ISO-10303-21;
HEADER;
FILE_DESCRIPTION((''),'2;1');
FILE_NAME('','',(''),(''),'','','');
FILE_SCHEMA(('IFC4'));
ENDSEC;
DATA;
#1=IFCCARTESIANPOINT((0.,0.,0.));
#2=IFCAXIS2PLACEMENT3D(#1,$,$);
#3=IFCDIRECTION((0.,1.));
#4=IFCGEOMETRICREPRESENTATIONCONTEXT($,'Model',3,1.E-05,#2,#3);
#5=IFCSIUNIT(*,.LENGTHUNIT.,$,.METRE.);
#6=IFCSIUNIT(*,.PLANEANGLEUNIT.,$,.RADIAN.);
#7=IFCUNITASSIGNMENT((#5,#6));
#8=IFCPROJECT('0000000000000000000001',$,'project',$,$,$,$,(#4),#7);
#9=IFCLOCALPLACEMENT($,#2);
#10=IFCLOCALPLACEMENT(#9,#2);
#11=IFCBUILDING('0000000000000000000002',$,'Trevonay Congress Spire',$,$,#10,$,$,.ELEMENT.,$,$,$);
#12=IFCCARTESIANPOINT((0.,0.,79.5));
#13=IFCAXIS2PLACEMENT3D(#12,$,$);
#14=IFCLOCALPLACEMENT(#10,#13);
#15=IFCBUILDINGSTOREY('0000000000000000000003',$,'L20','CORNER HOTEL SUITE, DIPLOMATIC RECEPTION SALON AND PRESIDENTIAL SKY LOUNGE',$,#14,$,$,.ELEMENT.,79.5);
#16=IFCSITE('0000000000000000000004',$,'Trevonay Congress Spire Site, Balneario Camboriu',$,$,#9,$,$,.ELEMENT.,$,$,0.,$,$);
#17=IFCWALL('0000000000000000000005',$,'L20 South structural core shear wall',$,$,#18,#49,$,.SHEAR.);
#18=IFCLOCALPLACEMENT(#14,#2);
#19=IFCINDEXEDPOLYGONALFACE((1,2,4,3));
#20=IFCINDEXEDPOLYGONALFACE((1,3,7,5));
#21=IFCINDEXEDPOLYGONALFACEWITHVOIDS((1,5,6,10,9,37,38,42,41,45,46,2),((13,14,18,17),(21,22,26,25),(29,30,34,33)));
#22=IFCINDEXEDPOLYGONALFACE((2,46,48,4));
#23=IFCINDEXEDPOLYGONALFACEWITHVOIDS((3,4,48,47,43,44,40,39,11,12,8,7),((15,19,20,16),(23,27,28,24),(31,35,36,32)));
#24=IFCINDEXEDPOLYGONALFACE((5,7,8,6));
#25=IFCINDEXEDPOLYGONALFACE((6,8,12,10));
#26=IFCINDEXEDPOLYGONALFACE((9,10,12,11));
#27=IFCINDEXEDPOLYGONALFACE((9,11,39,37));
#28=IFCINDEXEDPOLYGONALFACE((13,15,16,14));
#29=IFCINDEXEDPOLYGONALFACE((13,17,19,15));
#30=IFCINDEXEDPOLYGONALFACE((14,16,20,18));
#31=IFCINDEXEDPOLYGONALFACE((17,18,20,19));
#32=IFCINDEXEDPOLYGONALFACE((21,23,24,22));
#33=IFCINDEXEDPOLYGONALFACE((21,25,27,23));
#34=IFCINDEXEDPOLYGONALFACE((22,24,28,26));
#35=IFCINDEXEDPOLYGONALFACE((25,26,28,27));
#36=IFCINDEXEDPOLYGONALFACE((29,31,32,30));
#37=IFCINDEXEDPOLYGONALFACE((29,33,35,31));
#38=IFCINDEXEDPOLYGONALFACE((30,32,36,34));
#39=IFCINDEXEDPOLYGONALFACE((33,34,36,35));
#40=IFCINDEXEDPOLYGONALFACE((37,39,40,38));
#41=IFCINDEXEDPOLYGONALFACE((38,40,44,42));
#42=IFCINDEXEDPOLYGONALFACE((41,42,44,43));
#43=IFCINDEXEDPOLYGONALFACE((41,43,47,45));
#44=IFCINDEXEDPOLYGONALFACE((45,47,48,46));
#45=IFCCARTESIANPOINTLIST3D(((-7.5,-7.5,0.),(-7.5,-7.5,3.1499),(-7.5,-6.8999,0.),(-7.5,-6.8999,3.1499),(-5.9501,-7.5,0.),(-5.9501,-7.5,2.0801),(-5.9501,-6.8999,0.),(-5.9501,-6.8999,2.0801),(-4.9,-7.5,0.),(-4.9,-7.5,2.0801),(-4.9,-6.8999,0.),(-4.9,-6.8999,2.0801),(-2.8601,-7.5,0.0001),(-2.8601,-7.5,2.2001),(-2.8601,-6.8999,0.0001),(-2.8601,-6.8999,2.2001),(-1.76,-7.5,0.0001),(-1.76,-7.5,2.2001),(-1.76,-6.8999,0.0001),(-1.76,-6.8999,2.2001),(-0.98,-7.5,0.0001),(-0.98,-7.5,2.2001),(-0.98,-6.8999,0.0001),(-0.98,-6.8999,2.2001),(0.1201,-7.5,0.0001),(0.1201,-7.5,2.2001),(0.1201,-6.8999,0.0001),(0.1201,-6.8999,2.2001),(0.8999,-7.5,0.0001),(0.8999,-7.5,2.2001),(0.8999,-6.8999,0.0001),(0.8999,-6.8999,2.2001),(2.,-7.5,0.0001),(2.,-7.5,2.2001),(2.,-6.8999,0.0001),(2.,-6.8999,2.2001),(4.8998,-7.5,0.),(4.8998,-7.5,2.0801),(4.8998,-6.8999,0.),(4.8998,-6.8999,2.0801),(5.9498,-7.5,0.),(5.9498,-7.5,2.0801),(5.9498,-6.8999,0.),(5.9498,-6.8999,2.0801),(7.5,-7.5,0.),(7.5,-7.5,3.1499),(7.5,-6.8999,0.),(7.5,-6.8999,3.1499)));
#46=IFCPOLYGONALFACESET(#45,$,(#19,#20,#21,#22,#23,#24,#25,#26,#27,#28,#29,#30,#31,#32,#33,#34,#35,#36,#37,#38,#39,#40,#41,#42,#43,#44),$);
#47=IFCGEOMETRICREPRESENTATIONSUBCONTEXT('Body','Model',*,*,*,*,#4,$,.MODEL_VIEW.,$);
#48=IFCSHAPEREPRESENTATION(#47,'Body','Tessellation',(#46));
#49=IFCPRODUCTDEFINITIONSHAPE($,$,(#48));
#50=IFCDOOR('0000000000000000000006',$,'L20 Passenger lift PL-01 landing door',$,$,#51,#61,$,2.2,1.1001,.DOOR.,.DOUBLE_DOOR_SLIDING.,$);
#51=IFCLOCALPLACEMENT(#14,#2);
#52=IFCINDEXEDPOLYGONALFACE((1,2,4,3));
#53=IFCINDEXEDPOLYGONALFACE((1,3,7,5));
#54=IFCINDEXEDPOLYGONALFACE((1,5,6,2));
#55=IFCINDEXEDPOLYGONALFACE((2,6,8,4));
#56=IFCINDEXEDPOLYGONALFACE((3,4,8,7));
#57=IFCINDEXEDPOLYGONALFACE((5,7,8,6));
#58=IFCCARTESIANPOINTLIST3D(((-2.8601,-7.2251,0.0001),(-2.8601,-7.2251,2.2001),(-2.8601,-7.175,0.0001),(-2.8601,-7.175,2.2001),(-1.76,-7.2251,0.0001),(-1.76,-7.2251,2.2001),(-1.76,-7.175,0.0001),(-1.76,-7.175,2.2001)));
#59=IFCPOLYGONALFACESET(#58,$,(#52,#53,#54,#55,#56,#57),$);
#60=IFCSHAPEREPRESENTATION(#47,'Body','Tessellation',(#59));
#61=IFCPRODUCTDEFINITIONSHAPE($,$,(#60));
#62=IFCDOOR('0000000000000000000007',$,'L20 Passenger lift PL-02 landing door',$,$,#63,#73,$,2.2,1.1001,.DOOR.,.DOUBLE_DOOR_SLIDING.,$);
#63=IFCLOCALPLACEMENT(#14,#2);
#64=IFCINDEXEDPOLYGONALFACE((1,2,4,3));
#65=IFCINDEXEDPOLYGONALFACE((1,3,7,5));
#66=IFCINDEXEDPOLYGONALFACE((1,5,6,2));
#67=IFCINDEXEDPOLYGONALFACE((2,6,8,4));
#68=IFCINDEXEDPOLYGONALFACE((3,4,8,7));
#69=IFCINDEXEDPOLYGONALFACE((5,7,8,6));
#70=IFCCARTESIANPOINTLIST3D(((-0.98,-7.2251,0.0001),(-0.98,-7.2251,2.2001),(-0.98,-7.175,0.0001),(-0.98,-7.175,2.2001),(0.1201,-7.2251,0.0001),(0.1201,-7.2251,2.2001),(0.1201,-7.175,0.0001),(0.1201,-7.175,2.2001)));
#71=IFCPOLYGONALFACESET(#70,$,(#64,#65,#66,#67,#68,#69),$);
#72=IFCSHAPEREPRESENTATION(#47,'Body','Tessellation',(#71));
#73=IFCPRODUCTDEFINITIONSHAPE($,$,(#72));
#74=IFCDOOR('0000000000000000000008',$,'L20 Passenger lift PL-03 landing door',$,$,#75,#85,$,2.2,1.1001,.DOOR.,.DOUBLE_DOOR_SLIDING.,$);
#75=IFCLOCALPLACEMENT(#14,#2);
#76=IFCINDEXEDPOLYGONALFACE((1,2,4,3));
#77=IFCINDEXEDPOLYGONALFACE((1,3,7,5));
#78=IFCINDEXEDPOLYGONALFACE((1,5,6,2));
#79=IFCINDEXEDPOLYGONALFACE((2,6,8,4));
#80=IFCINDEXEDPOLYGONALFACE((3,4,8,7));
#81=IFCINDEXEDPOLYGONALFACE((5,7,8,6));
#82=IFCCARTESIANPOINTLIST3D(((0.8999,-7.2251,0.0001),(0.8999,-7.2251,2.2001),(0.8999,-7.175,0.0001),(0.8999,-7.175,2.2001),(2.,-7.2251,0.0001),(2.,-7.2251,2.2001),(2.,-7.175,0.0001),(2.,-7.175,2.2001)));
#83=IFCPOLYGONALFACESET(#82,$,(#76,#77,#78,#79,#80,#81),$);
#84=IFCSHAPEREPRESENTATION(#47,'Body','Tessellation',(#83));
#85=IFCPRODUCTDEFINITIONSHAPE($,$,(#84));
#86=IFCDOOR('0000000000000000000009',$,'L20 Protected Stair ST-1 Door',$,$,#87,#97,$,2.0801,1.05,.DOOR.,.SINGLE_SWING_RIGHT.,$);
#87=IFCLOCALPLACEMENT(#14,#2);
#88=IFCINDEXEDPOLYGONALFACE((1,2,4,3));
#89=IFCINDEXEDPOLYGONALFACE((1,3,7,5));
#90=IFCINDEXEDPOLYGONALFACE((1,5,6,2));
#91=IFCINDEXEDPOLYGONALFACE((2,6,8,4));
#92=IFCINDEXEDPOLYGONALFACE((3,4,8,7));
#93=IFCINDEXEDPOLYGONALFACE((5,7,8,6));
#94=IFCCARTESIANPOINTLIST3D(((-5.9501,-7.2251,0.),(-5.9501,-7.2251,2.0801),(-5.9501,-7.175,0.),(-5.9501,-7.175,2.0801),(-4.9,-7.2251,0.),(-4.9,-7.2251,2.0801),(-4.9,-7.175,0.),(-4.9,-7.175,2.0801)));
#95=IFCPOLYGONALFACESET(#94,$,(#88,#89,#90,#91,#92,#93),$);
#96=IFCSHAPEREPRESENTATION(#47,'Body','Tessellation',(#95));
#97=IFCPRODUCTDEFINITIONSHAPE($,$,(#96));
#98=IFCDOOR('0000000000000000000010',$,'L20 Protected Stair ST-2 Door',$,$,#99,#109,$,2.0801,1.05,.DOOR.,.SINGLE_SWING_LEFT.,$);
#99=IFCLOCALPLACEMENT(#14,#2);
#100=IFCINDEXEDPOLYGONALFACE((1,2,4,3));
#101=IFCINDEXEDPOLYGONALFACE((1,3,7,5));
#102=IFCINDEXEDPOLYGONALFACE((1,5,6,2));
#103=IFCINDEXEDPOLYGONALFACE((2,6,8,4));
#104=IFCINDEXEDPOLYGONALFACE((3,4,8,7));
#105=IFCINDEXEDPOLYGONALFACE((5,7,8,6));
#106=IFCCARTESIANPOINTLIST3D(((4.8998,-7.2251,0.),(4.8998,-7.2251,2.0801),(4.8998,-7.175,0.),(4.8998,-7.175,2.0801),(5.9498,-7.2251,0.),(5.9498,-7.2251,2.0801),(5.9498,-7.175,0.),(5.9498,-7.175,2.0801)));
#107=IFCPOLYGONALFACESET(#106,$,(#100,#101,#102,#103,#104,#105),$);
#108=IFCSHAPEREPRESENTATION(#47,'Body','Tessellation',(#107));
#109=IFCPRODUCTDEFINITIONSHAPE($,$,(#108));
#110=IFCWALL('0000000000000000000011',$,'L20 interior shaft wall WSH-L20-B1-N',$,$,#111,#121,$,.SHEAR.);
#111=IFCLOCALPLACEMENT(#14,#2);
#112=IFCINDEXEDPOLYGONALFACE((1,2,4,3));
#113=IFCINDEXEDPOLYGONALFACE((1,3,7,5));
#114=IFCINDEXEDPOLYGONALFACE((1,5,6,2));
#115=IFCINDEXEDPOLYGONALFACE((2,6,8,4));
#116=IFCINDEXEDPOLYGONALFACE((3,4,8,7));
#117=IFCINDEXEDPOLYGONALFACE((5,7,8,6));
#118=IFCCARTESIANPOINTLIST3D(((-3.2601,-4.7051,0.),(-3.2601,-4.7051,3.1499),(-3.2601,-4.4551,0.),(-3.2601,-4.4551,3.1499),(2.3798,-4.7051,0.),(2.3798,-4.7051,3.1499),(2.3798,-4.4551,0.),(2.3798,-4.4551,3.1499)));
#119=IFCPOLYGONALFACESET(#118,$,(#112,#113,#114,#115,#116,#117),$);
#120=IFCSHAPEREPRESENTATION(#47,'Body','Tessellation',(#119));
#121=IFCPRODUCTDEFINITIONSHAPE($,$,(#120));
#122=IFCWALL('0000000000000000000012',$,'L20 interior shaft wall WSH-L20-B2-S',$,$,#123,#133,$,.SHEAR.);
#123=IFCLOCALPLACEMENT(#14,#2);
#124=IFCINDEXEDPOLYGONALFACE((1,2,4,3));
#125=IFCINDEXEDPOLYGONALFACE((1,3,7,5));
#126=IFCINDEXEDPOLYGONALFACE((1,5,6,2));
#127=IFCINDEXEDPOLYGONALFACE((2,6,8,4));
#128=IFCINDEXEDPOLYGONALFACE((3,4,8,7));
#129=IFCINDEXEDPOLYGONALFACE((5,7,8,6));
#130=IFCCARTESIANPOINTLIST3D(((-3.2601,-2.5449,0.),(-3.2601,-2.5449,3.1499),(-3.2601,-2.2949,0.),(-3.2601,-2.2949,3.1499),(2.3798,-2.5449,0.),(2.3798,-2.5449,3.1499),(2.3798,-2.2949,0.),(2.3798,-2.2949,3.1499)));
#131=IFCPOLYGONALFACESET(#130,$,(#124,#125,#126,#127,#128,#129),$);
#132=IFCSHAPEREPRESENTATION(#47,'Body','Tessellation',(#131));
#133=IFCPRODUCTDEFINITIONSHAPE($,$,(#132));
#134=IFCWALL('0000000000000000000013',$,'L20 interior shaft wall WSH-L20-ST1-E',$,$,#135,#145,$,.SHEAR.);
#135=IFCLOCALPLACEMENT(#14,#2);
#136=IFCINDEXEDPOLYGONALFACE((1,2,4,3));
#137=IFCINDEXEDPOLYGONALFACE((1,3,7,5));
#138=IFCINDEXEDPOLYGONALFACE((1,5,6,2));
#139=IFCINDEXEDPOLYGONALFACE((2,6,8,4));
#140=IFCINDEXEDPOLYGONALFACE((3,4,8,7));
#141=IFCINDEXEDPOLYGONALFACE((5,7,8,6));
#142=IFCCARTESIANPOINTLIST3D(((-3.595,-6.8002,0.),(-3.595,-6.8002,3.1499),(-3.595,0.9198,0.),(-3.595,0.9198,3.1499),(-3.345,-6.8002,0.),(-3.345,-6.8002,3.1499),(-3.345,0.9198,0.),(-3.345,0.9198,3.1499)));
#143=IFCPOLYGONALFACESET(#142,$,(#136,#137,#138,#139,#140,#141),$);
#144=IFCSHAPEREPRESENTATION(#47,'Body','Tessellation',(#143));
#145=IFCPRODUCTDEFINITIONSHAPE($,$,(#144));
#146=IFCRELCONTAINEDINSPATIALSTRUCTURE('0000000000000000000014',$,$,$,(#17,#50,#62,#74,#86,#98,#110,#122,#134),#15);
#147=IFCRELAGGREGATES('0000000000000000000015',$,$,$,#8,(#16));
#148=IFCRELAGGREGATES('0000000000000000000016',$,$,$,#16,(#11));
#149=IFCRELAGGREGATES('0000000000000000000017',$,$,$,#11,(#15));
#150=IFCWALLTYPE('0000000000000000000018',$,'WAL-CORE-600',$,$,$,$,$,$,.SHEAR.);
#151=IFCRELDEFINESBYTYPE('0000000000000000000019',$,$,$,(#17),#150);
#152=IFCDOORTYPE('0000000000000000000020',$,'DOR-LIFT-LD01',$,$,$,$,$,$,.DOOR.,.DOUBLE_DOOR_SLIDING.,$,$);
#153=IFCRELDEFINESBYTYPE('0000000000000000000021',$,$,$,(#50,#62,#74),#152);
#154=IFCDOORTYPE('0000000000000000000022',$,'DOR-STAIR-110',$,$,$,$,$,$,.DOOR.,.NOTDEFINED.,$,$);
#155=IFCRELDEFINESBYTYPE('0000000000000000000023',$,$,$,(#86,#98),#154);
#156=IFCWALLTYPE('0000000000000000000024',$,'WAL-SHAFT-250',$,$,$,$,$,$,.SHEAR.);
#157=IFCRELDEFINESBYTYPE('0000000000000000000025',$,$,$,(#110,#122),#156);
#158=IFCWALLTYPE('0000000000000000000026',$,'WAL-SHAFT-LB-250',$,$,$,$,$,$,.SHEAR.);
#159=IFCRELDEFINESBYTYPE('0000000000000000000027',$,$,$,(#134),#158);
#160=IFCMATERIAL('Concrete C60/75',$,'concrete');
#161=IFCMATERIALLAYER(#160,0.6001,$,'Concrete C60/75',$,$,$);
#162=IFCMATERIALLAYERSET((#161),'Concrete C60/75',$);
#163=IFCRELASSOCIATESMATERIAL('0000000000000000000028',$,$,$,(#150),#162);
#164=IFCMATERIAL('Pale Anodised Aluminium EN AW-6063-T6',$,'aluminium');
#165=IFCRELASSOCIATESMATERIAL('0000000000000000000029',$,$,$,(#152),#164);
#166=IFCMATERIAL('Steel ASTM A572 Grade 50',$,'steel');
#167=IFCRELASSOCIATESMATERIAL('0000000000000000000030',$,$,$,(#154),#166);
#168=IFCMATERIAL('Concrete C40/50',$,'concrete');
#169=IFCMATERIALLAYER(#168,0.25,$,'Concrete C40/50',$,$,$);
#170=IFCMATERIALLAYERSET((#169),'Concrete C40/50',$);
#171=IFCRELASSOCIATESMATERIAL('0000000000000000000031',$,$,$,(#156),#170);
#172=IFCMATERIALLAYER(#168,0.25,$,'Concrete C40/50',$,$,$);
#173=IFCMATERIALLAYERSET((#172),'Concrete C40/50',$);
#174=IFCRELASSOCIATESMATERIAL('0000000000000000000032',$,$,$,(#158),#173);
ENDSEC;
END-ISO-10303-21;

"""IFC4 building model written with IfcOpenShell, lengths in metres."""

from ifc_helpers import new_model, si_unit, direction, frame, frame_2d, origin, place, context, subcontext, project, spatial, rectangle, extrude, material, layer, layer_set, type_object, element, fill, save


model = new_model("IFC4")

# Units and contexts
model_context = context("Model", 3, precision=1e-05, world=origin(), true_north=direction((0.0, 1.0)))
body_context = subcontext(model_context, "Body", "Model", "MODEL_VIEW")
ifc_project = project(units=[si_unit("LENGTHUNIT", "METRE"), si_unit("PLANEANGLEUNIT", "RADIAN")], contexts=[model_context])

# Site, building, storey
site_placement = place(None, origin())
site = spatial("IfcSite", under=ifc_project, at=site_placement, Name="Trevonay Congress Spire Site, Balneario Camboriu", CompositionType="ELEMENT", RefElevation=0.0)
building_placement = place(site_placement, origin())
building = spatial("IfcBuilding", under=site, at=building_placement, Name="Trevonay Congress Spire", CompositionType="ELEMENT")
storey_placement = place(building_placement, frame((0.0, 0.0, 79.5)))
storey = spatial("IfcBuildingStorey", under=building, at=storey_placement, Name="L20", Description="CORNER HOTEL SUITE, DIPLOMATIC RECEPTION SALON AND PRESIDENTIAL SKY LOUNGE", CompositionType="ELEMENT", Elevation=79.5)

# Shared definitions
ifc_material_1 = material(Name="Steel ASTM A572 Grade 50", Category="steel")

# Wall, openings, doors
ifc_material_2 = material(Name="Concrete C60/75", Category="concrete")
ifc_layer_1 = layer(ifc_material_2, 0.6001, Name="Concrete C60/75")
ifc_layer_set_1 = layer_set([ifc_layer_1], Name="Concrete C60/75")
wall_type_1 = type_object("IfcWallType", Name="WAL-CORE-600", PredefinedType="SHEAR", material=ifc_layer_set_1)
wall_1_placement = place(storey_placement, frame((-7.5, -7.2, 0.0), z_axis=(0.0, 0.0, 1.0), x_axis=(1.0, 0.0, 0.0)))
wall_1 = element("IfcWall", 1, at=wall_1_placement, inside=storey, type_object=wall_type_1, Name="L20 South structural core shear wall", PredefinedType="SHEAR", context=body_context, shape_type="SweptSolid", body=[
    extrude(rectangle(XDim=15.0, YDim=0.6001, at=frame_2d((7.5, 0.0))), origin(), (0.0, 0.0, 1.0), 3.1499),
])
opening_1_placement = place(wall_1_placement, frame((1.55, 0.0, 0.0)))
opening_1 = element("IfcOpeningElement", 2, at=opening_1_placement, cuts=wall_1, PredefinedType="OPENING", context=body_context, shape_type="SweptSolid", body=[
    extrude(rectangle(XDim=1.05, YDim=2.0801, at=frame_2d((0.5249, 1.04))), frame((0.0, 0.3101, 0.0), z_axis=(0.0, -1.0, 0.0), x_axis=(1.0, 0.0, 0.0)), (0.0, 0.0, 1.0), 0.6201),
])
opening_2_placement = place(wall_1_placement, frame((12.3999, 0.0, 0.0)))
opening_2 = element("IfcOpeningElement", 3, at=opening_2_placement, cuts=wall_1, PredefinedType="OPENING", context=body_context, shape_type="SweptSolid", body=[
    extrude(rectangle(XDim=1.05, YDim=2.0801, at=frame_2d((0.5249, 1.04))), frame((0.0, 0.3101, 0.0), z_axis=(0.0, -1.0, 0.0), x_axis=(1.0, 0.0, 0.0)), (0.0, 0.0, 1.0), 0.6201),
])
opening_3_placement = place(wall_1_placement, frame((4.6399, 0.0, 0.0)))
opening_3 = element("IfcOpeningElement", 4, at=opening_3_placement, cuts=wall_1, PredefinedType="OPENING", context=body_context, shape_type="SweptSolid", body=[
    extrude(rectangle(XDim=1.1001, YDim=2.2, at=frame_2d((0.55, 1.1001))), frame((0.0, 0.3101, 0.0), z_axis=(0.0, -1.0, 0.0), x_axis=(1.0, 0.0, 0.0)), (0.0, 0.0, 1.0), 0.6201),
])
opening_4_placement = place(wall_1_placement, frame((6.52, 0.0, 0.0)))
opening_4 = element("IfcOpeningElement", 5, at=opening_4_placement, cuts=wall_1, PredefinedType="OPENING", context=body_context, shape_type="SweptSolid", body=[
    extrude(rectangle(XDim=1.1001, YDim=2.2, at=frame_2d((0.55, 1.1001))), frame((0.0, 0.3101, 0.0), z_axis=(0.0, -1.0, 0.0), x_axis=(1.0, 0.0, 0.0)), (0.0, 0.0, 1.0), 0.6201),
])
opening_5_placement = place(wall_1_placement, frame((8.3999, 0.0, 0.0)))
opening_5 = element("IfcOpeningElement", 6, at=opening_5_placement, cuts=wall_1, PredefinedType="OPENING", context=body_context, shape_type="SweptSolid", body=[
    extrude(rectangle(XDim=1.1001, YDim=2.2, at=frame_2d((0.55, 1.1001))), frame((0.0, 0.3101, 0.0), z_axis=(0.0, -1.0, 0.0), x_axis=(1.0, 0.0, 0.0)), (0.0, 0.0, 1.0), 0.6201),
])
ifc_material_3 = material(Name="Pale Anodised Aluminium EN AW-6063-T6", Category="aluminium")
door_type_1 = type_object("IfcDoorType", Name="DOR-LIFT-LD01", OperationType="DOUBLE_DOOR_SLIDING", PredefinedType="DOOR", material=ifc_material_3)
door_1_placement = place(opening_3_placement, origin())
door_1 = element("IfcDoor", 7, at=door_1_placement, inside=storey, type_object=door_type_1, Name="L20 Passenger lift PL-01 landing door", OperationType="DOUBLE_DOOR_SLIDING", OverallHeight=2.2, OverallWidth=1.1001, PredefinedType="DOOR", context=body_context, shape_type="SweptSolid", body=[
    extrude(rectangle(XDim=1.1001, YDim=2.2, at=frame_2d((0.55, 1.1001))), frame((0.0, 0.0249, 0.0), z_axis=(0.0, -1.0, 0.0), x_axis=(1.0, 0.0, 0.0)), (0.0, 0.0, 1.0), 0.05),
])
fill(opening_3, door_1)
door_2_placement = place(opening_4_placement, origin())
door_2 = element("IfcDoor", 8, at=door_2_placement, inside=storey, type_object=door_type_1, Name="L20 Passenger lift PL-02 landing door", OperationType="DOUBLE_DOOR_SLIDING", OverallHeight=2.2, OverallWidth=1.1001, PredefinedType="DOOR", context=body_context, shape_type="SweptSolid", body=[
    extrude(rectangle(XDim=1.1001, YDim=2.2, at=frame_2d((0.55, 1.1001))), frame((0.0, 0.0249, 0.0), z_axis=(0.0, -1.0, 0.0), x_axis=(1.0, 0.0, 0.0)), (0.0, 0.0, 1.0), 0.05),
])
fill(opening_4, door_2)
door_3_placement = place(opening_5_placement, origin())
door_3 = element("IfcDoor", 9, at=door_3_placement, inside=storey, type_object=door_type_1, Name="L20 Passenger lift PL-03 landing door", OperationType="DOUBLE_DOOR_SLIDING", OverallHeight=2.2, OverallWidth=1.1001, PredefinedType="DOOR", context=body_context, shape_type="SweptSolid", body=[
    extrude(rectangle(XDim=1.1001, YDim=2.2, at=frame_2d((0.55, 1.1001))), frame((0.0, 0.0249, 0.0), z_axis=(0.0, -1.0, 0.0), x_axis=(1.0, 0.0, 0.0)), (0.0, 0.0, 1.0), 0.05),
])
fill(opening_5, door_3)
door_type_2 = type_object("IfcDoorType", Name="DOR-STAIR-110", OperationType="NOTDEFINED", PredefinedType="DOOR", material=ifc_material_1)
door_4_placement = place(opening_1_placement, origin())
door_4 = element("IfcDoor", 10, at=door_4_placement, inside=storey, type_object=door_type_2, Name="L20 Protected Stair ST-1 Door", OperationType="SINGLE_SWING_RIGHT", OverallHeight=2.0801, OverallWidth=1.05, PredefinedType="DOOR", context=body_context, shape_type="SweptSolid", body=[
    extrude(rectangle(XDim=1.05, YDim=2.0801, at=frame_2d((0.5249, 1.04))), frame((0.0, 0.0249, 0.0), z_axis=(0.0, -1.0, 0.0), x_axis=(1.0, 0.0, 0.0)), (0.0, 0.0, 1.0), 0.05),
])
fill(opening_1, door_4)
door_5_placement = place(opening_2_placement, origin())
door_5 = element("IfcDoor", 11, at=door_5_placement, inside=storey, type_object=door_type_2, Name="L20 Protected Stair ST-2 Door", OperationType="SINGLE_SWING_LEFT", OverallHeight=2.0801, OverallWidth=1.05, PredefinedType="DOOR", context=body_context, shape_type="SweptSolid", body=[
    extrude(rectangle(XDim=1.05, YDim=2.0801, at=frame_2d((0.5249, 1.04))), frame((0.0, 0.0249, 0.0), z_axis=(0.0, -1.0, 0.0), x_axis=(1.0, 0.0, 0.0)), (0.0, 0.0, 1.0), 0.05),
])
fill(opening_2, door_5)

# Walls
ifc_material_4 = material(Name="Concrete C40/50", Category="concrete")
ifc_layer_2 = layer(ifc_material_4, 0.25, Name="Concrete C40/50")
ifc_layer_set_2 = layer_set([ifc_layer_2], Name="Concrete C40/50")
wall_type_2 = type_object("IfcWallType", Name="WAL-SHAFT-250", PredefinedType="SHEAR", material=ifc_layer_set_2)
for number, where, z_axis, x_axis, name in (
    (12, (-3.26, -4.5801, 0.0), (0.0, 0.0, 1.0), (1.0, 0.0, 0.0), "L20 interior shaft wall WSH-L20-B1-N"),
    (13, (-3.26, -2.4199, 0.0), (0.0, 0.0, 1.0), (1.0, 0.0, 0.0), "L20 interior shaft wall WSH-L20-B2-S"),
):
    element("IfcWall", number, at=place(storey_placement, frame(where, z_axis=z_axis, x_axis=x_axis)), inside=storey, type_object=wall_type_2, Name=name, PredefinedType="SHEAR", context=body_context, shape_type="SweptSolid", body=[
        extrude(rectangle(XDim=5.6399, YDim=0.25, at=frame_2d((2.8198, 0.0))), origin(), (0.0, 0.0, 1.0), 3.1499),
    ])
ifc_layer_3 = layer(ifc_material_4, 0.25, Name="Concrete C40/50")
ifc_layer_set_3 = layer_set([ifc_layer_3], Name="Concrete C40/50")
wall_type_3 = type_object("IfcWallType", Name="WAL-SHAFT-LB-250", PredefinedType="SHEAR", material=ifc_layer_set_3)
wall_2_placement = place(storey_placement, frame((-3.47, -6.8, 0.0), z_axis=(0.0, 0.0, 1.0), x_axis=(0.0, 1.0, 0.0)))
element("IfcWall", 14, at=wall_2_placement, inside=storey, type_object=wall_type_3, Name="L20 interior shaft wall WSH-L20-ST1-E", PredefinedType="SHEAR", context=body_context, shape_type="SweptSolid", body=[
    extrude(rectangle(XDim=7.72, YDim=0.25, at=frame_2d((3.8599, 0.0))), origin(), (0.0, 0.0, 1.0), 3.1499),
])

save(model, "model.ifc")
